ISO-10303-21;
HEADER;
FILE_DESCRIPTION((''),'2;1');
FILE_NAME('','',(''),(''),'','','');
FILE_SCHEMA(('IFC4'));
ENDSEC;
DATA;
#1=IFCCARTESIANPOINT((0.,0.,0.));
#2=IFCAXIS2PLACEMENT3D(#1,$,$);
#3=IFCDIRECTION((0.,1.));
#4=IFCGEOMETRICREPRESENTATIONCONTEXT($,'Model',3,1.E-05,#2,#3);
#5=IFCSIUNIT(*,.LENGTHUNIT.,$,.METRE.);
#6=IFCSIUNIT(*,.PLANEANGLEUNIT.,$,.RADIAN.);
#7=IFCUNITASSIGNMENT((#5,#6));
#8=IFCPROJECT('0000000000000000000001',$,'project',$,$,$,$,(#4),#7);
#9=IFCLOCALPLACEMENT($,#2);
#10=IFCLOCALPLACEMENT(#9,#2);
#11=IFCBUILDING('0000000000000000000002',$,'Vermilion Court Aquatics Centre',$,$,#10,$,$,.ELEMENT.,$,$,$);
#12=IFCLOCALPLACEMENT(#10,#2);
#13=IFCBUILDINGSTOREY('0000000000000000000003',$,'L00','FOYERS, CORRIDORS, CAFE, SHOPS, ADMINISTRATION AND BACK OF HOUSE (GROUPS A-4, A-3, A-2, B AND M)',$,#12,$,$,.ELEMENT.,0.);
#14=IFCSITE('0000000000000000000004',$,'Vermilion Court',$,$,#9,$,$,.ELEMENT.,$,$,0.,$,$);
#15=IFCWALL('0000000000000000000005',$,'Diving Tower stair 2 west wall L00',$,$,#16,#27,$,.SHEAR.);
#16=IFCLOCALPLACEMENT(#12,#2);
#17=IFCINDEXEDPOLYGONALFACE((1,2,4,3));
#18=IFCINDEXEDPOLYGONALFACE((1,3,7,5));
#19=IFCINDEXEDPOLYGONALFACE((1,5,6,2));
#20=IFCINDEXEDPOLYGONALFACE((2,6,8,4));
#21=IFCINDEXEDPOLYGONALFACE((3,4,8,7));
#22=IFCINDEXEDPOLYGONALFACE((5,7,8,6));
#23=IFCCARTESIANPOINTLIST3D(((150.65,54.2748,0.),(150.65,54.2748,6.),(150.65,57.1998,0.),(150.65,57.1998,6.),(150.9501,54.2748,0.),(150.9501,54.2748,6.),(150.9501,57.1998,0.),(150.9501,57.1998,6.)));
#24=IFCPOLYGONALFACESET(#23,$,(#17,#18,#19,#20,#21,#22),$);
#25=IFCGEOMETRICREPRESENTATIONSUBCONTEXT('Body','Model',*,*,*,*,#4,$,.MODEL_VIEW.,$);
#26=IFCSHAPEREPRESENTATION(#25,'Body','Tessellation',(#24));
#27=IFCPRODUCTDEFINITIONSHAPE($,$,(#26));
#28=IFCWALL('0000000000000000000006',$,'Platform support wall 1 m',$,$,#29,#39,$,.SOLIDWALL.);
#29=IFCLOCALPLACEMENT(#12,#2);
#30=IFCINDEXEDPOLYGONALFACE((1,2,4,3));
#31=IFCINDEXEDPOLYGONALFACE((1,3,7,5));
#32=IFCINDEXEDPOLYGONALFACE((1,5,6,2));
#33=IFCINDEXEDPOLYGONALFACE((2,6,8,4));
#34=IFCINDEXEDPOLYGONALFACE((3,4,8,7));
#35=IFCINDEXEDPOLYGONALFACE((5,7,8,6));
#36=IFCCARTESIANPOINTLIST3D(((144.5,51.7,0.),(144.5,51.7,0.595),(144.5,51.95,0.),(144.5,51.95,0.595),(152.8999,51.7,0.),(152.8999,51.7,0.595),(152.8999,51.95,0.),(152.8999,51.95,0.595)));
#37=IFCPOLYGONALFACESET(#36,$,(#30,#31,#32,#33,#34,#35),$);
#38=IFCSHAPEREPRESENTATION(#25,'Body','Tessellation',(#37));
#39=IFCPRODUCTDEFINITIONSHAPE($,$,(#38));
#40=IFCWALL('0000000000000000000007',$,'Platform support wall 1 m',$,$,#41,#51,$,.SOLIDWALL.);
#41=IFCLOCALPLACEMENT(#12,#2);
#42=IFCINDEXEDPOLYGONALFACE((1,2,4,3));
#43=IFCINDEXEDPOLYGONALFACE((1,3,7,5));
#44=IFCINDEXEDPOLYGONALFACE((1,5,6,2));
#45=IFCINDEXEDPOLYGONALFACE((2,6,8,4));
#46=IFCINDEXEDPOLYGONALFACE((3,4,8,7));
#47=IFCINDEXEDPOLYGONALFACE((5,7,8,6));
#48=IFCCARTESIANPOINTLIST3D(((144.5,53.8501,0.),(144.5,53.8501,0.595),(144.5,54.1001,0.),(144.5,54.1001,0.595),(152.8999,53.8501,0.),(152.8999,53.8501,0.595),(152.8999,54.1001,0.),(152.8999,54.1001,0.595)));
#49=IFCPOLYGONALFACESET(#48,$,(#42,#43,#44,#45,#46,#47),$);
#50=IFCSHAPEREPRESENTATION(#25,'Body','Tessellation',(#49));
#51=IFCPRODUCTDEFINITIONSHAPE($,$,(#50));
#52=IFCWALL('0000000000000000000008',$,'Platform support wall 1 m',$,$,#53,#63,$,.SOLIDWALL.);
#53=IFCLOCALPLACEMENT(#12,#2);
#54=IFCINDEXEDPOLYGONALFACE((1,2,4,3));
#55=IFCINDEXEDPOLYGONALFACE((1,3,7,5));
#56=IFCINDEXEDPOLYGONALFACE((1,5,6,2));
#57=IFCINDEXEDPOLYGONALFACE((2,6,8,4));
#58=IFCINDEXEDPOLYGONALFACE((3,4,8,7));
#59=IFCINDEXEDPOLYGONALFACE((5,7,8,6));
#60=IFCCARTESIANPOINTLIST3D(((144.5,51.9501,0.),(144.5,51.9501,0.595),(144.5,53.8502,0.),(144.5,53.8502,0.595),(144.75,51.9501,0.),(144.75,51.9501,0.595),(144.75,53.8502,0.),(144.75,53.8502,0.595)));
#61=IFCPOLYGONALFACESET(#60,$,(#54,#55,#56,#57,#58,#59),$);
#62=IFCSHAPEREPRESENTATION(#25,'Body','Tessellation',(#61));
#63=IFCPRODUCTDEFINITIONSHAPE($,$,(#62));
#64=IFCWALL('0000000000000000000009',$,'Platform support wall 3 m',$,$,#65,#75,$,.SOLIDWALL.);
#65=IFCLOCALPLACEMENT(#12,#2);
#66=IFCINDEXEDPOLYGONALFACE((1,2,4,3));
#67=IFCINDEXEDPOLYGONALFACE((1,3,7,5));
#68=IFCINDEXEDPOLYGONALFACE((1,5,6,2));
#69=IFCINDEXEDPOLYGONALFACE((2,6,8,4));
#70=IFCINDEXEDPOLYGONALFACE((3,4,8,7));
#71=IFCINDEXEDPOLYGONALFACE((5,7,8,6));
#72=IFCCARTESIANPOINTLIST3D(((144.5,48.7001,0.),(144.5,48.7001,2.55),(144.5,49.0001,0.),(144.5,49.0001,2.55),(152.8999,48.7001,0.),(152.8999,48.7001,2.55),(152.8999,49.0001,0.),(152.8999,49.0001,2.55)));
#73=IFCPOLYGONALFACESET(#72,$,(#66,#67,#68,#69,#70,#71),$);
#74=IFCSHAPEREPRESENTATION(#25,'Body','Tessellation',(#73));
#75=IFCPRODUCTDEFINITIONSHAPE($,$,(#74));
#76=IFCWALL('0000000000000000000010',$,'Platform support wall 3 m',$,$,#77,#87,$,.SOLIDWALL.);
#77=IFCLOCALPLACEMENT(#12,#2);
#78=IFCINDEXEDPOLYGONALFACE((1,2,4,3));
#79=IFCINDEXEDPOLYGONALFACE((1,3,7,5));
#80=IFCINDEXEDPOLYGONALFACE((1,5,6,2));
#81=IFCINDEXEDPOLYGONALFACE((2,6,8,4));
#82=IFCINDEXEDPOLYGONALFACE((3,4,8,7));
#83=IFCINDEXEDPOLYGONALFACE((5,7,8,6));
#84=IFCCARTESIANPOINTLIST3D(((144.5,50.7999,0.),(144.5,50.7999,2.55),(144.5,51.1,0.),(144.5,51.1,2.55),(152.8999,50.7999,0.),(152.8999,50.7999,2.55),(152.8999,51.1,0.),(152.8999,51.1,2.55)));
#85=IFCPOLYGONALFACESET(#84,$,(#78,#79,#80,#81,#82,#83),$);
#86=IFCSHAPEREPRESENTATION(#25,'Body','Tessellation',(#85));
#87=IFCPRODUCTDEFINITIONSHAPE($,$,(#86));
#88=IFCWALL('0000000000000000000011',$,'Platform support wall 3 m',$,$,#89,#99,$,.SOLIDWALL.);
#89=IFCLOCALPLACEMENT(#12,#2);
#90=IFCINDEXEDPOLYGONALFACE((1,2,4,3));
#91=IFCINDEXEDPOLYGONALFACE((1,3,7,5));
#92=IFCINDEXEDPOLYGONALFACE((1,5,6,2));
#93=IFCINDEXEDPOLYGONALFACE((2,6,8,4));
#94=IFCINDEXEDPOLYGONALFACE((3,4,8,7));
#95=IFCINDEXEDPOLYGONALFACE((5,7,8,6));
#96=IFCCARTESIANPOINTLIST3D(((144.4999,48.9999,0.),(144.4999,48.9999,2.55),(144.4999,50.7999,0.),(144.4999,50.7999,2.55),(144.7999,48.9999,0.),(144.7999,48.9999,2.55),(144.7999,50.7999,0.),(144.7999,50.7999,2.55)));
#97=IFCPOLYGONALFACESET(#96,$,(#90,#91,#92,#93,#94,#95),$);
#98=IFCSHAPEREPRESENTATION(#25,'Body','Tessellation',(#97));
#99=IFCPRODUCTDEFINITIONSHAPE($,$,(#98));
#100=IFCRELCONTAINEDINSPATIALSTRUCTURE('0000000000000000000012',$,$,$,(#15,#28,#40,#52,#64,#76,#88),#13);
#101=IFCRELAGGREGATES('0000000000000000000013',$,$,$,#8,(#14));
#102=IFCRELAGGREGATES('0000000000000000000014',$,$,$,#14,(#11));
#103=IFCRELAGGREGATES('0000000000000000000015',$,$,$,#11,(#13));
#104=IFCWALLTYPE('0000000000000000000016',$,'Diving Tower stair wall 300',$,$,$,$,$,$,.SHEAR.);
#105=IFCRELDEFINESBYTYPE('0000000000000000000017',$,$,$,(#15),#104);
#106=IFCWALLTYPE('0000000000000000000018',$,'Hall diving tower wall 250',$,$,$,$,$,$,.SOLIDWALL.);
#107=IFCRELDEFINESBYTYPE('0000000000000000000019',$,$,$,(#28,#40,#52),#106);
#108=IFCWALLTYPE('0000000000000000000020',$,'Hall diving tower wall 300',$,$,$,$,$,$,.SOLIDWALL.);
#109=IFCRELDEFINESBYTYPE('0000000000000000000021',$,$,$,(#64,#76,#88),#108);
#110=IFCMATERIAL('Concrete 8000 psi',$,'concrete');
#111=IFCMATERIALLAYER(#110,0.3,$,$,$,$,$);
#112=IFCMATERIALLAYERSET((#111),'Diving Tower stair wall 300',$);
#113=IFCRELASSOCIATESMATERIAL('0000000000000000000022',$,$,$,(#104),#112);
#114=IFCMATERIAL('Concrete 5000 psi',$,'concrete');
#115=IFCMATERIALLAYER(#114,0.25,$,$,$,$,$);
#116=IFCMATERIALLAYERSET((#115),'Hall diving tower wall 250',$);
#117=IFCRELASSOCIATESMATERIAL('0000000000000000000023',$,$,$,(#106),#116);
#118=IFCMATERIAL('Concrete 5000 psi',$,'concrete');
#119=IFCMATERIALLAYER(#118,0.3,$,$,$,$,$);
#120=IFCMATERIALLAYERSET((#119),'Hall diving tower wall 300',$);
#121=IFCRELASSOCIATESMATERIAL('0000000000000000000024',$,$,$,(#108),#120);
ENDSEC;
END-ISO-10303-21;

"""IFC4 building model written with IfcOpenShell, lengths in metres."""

from ifc_helpers import new_model, si_unit, direction, frame, frame_2d, origin, place, context, subcontext, project, spatial, rectangle, extrude, material, layer, layer_set, type_object, element, save


model = new_model("IFC4")

# Units and contexts
model_context = context("Model", 3, precision=1e-05, world=origin(), true_north=direction((0.0, 1.0)))
body_context = subcontext(model_context, "Body", "Model", "MODEL_VIEW")
ifc_project = project(units=[si_unit("LENGTHUNIT", "METRE"), si_unit("PLANEANGLEUNIT", "RADIAN")], contexts=[model_context])

# Site, building, storey
site_placement = place(None, origin())
site = spatial("IfcSite", under=ifc_project, at=site_placement, Name="Vermilion Court", CompositionType="ELEMENT", RefElevation=0.0)
building_placement = place(site_placement, origin())
building = spatial("IfcBuilding", under=site, at=building_placement, Name="Vermilion Court Aquatics Centre", CompositionType="ELEMENT")
storey_placement = place(building_placement, origin())
storey = spatial("IfcBuildingStorey", under=building, at=storey_placement, Name="L00", Description="FOYERS, CORRIDORS, CAFE, SHOPS, ADMINISTRATION AND BACK OF HOUSE (GROUPS A-4, A-3, A-2, B AND M)", CompositionType="ELEMENT", Elevation=0.0)

# Walls
ifc_material_1 = material(Name="Concrete 8000 psi", Category="concrete")
ifc_layer_1 = layer(ifc_material_1, 0.3)
ifc_layer_set_1 = layer_set([ifc_layer_1], Name="Diving Tower stair wall 300")
wall_type_1 = type_object("IfcWallType", Name="Diving Tower stair wall 300", PredefinedType="SHEAR", material=ifc_layer_set_1)
wall_1_placement = place(storey_placement, frame((150.8, 54.2749, 0.0), z_axis=(0.0, 0.0, 1.0), x_axis=(0.0, 1.0, 0.0)))
element("IfcWall", 1, at=wall_1_placement, inside=storey, type_object=wall_type_1, Name="Diving Tower stair 2 west wall L00", PredefinedType="SHEAR", context=body_context, shape_type="SweptSolid", body=[
    extrude(rectangle(XDim=2.925, YDim=0.3, at=frame_2d((1.4624, 0.0))), origin(), (0.0, 0.0, 1.0), 6.0),
])
ifc_material_2 = material(Name="Concrete 5000 psi", Category="concrete")
ifc_layer_2 = layer(ifc_material_2, 0.25)
ifc_layer_set_2 = layer_set([ifc_layer_2], Name="Hall diving tower wall 250")
wall_type_2 = type_object("IfcWallType", Name="Hall diving tower wall 250", PredefinedType="SOLIDWALL", material=ifc_layer_set_2)
for number, where, z_axis, x_axis, name in (
    (2, (144.5, 51.825, 0.0), (0.0, 0.0, 1.0), (1.0, 0.0, 0.0), "Platform support wall 1 m"),
    (3, (144.5, 53.9751, 0.0), (0.0, 0.0, 1.0), (1.0, 0.0, 0.0), "Platform support wall 1 m"),
):
    element("IfcWall", number, at=place(storey_placement, frame(where, z_axis=z_axis, x_axis=x_axis)), inside=storey, type_object=wall_type_2, Name=name, PredefinedType="SOLIDWALL", context=body_context, shape_type="SweptSolid", body=[
        extrude(rectangle(XDim=8.3999, YDim=0.25, at=frame_2d((4.2, 0.0))), origin(), (0.0, 0.0, 1.0), 0.595),
    ])
wall_2_placement = place(storey_placement, frame((144.625, 51.95, 0.0), z_axis=(0.0, 0.0, 1.0), x_axis=(0.0, 1.0, 0.0)))
element("IfcWall", 4, at=wall_2_placement, inside=storey, type_object=wall_type_2, Name="Platform support wall 1 m", PredefinedType="SOLIDWALL", context=body_context, shape_type="SweptSolid", body=[
    extrude(rectangle(XDim=1.9001, YDim=0.25, at=frame_2d((0.9502, 0.0))), origin(), (0.0, 0.0, 1.0), 0.595),
])
ifc_material_3 = material(Name="Concrete 5000 psi", Category="concrete")
ifc_layer_3 = layer(ifc_material_3, 0.3)
ifc_layer_set_3 = layer_set([ifc_layer_3], Name="Hall diving tower wall 300")
wall_type_3 = type_object("IfcWallType", Name="Hall diving tower wall 300", PredefinedType="SOLIDWALL", material=ifc_layer_set_3)
for number, where, z_axis, x_axis, name in (
    (5, (144.5, 48.8501, 0.0), (0.0, 0.0, 1.0), (1.0, 0.0, 0.0), "Platform support wall 3 m"),
    (6, (144.5, 50.95, 0.0), (0.0, 0.0, 1.0), (1.0, 0.0, 0.0), "Platform support wall 3 m"),
):
    element("IfcWall", number, at=place(storey_placement, frame(where, z_axis=z_axis, x_axis=x_axis)), inside=storey, type_object=wall_type_3, Name=name, PredefinedType="SOLIDWALL", context=body_context, shape_type="SweptSolid", body=[
        extrude(rectangle(XDim=8.3999, YDim=0.3, at=frame_2d((4.2, 0.0))), origin(), (0.0, 0.0, 1.0), 2.55),
    ])
wall_3_placement = place(storey_placement, frame((144.6499, 49.0, 0.0), z_axis=(0.0, 0.0, 1.0), x_axis=(0.0, 1.0, 0.0)))
element("IfcWall", 7, at=wall_3_placement, inside=storey, type_object=wall_type_3, Name="Platform support wall 3 m", PredefinedType="SOLIDWALL", context=body_context, shape_type="SweptSolid", body=[
    extrude(rectangle(XDim=1.8, YDim=0.3, at=frame_2d((0.8999, 0.0))), origin(), (0.0, 0.0, 1.0), 2.55),
])

save(model, "model.ifc")
